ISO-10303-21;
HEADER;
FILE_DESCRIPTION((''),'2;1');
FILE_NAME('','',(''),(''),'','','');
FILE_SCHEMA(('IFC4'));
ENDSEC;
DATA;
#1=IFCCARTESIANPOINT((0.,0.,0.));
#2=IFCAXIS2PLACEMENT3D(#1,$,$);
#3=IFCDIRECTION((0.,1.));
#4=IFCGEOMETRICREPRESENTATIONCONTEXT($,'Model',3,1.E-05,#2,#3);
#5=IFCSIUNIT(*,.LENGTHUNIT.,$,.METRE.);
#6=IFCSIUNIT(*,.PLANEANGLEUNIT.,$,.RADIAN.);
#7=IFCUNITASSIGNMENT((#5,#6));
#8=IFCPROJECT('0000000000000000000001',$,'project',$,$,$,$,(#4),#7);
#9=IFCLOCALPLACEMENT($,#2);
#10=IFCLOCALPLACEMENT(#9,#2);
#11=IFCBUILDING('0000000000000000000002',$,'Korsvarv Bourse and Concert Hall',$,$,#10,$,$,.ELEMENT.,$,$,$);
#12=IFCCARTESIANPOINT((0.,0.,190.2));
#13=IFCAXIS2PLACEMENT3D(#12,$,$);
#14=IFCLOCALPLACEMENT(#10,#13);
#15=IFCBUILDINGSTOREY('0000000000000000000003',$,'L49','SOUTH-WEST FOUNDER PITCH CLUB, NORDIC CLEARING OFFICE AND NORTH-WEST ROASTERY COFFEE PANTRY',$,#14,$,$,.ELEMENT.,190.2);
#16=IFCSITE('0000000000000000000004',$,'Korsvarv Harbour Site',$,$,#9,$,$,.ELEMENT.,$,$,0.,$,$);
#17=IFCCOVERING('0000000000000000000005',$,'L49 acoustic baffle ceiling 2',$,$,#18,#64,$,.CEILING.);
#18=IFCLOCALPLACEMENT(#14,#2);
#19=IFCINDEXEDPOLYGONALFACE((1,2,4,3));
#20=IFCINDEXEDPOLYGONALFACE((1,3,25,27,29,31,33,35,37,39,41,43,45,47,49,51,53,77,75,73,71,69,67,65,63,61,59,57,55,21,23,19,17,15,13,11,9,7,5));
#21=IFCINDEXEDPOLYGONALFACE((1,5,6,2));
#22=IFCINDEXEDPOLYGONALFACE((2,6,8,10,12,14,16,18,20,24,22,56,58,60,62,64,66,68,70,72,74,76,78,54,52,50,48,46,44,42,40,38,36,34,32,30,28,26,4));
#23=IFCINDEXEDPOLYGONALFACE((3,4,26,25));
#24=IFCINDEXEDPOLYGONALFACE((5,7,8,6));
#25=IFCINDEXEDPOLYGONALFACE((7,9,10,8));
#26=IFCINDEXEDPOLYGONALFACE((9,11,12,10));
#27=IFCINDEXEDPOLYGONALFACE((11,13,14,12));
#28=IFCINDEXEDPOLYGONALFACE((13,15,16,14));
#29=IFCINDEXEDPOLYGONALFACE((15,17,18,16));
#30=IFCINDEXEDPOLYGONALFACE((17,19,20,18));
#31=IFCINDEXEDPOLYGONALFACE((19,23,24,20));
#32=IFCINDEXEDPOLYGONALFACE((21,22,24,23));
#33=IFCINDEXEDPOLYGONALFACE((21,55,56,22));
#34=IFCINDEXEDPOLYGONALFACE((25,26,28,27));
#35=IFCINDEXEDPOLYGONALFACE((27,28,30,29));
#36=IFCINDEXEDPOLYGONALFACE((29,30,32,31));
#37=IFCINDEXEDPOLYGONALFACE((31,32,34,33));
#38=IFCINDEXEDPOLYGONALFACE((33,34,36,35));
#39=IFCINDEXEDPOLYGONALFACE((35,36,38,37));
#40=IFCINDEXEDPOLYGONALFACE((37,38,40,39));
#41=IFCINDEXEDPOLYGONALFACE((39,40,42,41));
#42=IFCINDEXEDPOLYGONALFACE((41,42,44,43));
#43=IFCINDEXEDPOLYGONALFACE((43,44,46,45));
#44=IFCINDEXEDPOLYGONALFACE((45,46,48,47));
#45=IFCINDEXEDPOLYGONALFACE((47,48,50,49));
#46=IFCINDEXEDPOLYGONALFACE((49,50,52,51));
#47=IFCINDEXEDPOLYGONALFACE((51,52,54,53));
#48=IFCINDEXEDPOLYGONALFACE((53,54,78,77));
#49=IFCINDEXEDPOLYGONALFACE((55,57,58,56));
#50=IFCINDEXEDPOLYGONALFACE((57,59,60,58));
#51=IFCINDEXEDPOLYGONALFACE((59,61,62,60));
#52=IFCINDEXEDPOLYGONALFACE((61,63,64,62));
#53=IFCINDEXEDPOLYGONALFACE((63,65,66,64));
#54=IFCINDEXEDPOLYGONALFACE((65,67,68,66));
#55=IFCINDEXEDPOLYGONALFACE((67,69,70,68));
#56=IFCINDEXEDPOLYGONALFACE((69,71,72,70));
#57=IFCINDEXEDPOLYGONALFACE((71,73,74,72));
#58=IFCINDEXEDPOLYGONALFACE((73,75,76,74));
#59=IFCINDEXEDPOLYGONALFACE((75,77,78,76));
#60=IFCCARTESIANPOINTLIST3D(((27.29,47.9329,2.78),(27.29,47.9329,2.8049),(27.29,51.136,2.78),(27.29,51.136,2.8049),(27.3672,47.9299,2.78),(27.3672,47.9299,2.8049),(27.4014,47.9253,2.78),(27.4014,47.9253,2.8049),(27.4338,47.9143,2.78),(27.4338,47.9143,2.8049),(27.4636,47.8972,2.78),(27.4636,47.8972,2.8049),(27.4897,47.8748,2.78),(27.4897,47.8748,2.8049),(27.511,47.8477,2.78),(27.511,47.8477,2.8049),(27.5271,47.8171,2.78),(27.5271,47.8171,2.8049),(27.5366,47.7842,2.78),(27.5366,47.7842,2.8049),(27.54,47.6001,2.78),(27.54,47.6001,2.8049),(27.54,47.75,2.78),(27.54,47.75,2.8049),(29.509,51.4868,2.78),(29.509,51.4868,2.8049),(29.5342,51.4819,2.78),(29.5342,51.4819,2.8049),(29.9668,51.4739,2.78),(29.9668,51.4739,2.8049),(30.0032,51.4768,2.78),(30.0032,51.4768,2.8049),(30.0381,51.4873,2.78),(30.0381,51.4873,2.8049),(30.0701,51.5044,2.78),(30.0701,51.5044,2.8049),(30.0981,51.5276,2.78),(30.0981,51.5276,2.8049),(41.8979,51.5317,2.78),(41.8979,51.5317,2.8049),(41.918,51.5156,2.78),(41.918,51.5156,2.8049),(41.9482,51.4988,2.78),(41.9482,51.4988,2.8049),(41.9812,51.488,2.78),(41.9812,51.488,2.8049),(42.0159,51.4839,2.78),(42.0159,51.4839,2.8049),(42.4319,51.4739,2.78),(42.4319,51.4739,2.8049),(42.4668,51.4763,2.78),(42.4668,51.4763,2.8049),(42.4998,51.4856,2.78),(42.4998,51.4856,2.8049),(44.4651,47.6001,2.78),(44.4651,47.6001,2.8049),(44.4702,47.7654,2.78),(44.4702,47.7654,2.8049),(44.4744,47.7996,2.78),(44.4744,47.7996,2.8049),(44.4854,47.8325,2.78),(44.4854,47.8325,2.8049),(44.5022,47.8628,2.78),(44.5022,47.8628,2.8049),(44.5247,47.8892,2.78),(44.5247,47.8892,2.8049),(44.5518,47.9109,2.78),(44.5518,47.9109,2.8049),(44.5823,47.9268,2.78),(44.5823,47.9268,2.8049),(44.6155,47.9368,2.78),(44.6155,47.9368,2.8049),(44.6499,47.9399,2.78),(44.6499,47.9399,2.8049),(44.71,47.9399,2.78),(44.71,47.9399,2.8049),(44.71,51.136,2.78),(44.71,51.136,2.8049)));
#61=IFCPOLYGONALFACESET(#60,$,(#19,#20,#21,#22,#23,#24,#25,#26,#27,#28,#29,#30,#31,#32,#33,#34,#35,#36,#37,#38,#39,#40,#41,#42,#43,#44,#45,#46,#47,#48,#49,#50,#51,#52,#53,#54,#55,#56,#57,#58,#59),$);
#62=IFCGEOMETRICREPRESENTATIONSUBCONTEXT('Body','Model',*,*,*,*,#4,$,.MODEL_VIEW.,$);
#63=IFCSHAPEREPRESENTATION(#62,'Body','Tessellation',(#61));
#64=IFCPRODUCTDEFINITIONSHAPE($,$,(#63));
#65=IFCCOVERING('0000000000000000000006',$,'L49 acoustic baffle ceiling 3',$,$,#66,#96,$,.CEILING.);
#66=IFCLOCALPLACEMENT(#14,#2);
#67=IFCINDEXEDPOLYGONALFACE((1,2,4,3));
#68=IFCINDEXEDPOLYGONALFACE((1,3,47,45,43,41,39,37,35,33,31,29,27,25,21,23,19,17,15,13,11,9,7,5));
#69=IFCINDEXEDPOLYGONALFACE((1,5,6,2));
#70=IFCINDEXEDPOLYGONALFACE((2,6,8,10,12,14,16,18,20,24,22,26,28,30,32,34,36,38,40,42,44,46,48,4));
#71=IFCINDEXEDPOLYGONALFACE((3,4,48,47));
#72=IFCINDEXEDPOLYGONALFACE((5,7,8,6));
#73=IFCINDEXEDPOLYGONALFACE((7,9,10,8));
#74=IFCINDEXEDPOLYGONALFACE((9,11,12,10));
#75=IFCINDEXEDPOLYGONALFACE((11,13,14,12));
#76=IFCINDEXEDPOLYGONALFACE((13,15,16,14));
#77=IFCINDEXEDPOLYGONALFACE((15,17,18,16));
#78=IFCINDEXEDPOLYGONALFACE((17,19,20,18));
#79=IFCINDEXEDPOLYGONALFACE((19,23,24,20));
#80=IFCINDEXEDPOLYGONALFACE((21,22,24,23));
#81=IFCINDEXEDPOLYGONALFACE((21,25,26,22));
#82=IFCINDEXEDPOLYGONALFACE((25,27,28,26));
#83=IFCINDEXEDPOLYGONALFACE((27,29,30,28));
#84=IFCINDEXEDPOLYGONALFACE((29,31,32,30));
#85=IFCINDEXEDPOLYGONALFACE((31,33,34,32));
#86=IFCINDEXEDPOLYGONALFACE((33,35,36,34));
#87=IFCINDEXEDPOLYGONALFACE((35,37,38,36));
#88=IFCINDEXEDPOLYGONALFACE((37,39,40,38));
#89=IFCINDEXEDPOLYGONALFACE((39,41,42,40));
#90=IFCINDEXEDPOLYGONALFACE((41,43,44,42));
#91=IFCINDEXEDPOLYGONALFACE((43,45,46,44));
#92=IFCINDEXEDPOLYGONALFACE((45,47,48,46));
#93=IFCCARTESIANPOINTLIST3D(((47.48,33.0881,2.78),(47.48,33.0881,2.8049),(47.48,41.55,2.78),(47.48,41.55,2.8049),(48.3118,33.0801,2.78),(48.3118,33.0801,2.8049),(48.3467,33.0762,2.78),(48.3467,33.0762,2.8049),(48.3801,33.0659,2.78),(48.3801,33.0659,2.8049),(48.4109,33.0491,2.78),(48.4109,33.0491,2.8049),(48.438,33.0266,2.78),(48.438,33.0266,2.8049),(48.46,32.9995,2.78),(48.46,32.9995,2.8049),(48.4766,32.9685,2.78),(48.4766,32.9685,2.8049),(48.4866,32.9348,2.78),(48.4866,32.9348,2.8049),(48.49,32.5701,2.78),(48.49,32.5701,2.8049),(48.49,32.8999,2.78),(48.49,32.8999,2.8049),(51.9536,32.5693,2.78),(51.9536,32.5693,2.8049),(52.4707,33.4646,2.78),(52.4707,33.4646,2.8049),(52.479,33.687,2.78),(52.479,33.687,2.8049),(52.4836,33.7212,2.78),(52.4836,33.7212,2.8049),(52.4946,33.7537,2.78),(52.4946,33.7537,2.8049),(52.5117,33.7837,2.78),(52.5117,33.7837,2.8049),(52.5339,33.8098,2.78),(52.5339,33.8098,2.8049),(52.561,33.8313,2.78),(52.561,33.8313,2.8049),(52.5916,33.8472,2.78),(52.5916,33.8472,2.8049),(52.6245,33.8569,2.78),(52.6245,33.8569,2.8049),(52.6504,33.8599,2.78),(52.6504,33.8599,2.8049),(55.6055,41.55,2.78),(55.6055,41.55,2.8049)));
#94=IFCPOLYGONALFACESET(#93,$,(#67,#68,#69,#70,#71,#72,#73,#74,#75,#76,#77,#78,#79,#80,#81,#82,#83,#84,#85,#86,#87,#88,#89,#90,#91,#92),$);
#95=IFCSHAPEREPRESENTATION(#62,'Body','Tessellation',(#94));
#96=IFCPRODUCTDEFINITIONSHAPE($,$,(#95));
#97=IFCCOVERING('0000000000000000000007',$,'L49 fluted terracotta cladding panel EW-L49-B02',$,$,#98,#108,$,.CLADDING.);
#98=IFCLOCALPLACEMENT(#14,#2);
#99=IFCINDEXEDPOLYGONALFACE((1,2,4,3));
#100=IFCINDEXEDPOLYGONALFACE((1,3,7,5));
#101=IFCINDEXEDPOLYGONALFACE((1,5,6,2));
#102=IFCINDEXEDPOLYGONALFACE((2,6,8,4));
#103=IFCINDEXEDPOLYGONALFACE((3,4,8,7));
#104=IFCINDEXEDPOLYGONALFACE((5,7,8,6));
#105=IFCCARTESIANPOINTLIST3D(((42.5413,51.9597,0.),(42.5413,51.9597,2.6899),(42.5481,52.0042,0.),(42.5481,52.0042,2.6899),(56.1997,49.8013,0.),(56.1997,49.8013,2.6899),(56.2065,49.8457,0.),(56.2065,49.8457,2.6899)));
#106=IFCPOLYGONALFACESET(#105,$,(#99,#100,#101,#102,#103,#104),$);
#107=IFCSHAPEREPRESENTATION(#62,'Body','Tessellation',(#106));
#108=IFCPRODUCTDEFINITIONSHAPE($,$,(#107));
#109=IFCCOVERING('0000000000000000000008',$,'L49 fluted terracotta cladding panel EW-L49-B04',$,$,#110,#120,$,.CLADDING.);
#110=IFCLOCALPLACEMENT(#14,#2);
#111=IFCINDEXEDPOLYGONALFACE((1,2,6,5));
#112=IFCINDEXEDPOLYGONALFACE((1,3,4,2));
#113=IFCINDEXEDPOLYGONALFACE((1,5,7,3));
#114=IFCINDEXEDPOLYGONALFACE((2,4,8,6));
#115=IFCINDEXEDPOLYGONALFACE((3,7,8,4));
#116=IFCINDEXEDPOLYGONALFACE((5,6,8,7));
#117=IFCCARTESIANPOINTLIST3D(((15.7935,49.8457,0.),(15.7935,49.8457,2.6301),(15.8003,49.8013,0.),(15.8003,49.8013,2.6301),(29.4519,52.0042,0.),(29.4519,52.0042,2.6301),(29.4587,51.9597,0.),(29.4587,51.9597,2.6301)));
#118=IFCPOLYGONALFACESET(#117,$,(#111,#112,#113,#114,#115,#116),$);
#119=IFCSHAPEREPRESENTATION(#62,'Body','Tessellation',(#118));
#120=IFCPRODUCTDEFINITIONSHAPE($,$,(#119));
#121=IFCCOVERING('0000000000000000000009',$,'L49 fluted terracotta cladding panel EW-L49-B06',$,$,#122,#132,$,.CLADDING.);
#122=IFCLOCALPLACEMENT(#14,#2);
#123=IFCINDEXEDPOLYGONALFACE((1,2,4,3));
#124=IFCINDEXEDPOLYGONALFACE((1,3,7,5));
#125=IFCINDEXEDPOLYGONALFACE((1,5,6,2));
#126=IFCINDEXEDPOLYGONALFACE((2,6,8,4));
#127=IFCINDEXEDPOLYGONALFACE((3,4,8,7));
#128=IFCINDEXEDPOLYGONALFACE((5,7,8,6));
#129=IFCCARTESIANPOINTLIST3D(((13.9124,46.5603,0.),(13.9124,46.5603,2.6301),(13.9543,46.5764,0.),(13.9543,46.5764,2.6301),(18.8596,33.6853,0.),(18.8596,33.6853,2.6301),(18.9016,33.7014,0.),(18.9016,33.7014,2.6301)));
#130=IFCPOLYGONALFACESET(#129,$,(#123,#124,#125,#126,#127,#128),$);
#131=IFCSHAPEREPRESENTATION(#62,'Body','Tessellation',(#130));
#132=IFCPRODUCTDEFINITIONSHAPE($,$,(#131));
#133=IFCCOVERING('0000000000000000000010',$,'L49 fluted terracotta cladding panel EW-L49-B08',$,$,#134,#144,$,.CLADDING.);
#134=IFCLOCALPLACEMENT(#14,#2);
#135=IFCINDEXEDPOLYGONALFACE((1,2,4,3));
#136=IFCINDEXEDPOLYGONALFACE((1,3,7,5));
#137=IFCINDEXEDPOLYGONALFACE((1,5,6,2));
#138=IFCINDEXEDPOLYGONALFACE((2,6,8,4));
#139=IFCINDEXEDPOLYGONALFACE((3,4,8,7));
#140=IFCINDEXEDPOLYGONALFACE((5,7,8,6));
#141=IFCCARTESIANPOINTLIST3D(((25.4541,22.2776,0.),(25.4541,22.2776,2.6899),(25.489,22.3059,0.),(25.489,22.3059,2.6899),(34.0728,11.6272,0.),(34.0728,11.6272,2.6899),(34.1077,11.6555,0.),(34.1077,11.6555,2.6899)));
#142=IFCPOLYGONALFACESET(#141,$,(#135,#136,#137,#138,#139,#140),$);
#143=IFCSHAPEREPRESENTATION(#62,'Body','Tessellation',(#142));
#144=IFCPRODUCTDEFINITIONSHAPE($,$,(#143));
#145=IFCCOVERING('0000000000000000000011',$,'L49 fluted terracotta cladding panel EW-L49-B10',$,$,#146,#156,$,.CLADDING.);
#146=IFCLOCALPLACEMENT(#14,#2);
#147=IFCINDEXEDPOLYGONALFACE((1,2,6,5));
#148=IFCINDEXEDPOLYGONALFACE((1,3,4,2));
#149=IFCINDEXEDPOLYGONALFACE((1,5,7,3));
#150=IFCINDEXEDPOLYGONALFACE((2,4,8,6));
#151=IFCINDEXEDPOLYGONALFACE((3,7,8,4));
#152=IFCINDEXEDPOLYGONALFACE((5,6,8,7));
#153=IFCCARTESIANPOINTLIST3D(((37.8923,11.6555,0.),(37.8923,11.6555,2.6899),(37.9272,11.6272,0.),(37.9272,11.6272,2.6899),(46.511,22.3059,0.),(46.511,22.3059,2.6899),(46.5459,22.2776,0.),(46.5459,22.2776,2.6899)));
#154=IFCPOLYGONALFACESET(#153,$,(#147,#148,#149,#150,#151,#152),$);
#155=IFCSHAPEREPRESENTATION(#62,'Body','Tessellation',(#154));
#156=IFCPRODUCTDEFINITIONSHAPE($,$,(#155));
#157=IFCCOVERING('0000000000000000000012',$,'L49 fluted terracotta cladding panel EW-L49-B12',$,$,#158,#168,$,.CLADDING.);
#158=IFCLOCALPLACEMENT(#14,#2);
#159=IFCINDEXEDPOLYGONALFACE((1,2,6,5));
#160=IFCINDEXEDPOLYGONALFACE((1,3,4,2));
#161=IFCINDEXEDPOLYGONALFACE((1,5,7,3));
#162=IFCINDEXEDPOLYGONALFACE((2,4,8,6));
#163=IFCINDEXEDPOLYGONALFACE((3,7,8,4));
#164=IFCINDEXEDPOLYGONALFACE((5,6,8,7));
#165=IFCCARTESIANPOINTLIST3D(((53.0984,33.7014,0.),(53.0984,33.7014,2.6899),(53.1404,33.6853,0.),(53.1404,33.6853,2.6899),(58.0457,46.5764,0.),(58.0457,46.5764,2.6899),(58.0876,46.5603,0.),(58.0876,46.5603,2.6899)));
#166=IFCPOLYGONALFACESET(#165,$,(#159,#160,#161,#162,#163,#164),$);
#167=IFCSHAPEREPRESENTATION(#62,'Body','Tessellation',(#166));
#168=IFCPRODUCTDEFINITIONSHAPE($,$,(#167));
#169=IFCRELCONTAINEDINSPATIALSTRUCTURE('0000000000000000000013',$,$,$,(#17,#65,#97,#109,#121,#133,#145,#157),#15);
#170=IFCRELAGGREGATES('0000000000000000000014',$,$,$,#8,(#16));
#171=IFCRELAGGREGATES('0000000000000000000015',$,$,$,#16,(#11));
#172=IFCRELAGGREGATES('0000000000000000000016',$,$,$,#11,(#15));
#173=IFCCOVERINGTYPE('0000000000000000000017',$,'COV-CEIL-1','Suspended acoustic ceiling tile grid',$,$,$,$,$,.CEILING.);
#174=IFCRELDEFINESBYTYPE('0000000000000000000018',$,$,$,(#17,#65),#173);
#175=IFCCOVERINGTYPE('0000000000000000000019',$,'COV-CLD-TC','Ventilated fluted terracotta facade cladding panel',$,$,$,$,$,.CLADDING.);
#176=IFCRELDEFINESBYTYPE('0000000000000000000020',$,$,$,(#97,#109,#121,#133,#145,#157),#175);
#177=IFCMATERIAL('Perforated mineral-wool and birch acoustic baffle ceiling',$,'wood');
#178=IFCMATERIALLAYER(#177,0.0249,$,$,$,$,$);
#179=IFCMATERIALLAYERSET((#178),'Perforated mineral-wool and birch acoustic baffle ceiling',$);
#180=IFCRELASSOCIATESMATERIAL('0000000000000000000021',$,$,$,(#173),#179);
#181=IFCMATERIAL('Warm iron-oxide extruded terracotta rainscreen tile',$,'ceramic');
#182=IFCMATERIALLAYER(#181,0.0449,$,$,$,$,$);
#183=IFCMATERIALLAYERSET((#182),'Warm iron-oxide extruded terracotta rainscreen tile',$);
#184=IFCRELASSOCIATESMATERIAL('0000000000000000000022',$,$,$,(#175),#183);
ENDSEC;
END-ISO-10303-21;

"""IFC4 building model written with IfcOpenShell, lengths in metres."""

from ifc_helpers import new_model, si_unit, direction, frame, origin, place, context, subcontext, project, spatial, polyline, outline, extrude, material, layer, layer_set, type_object, element, save


model = new_model("IFC4")

# Units and contexts
model_context = context("Model", 3, precision=1e-05, world=origin(), true_north=direction((0.0, 1.0)))
body_context = subcontext(model_context, "Body", "Model", "MODEL_VIEW")
ifc_project = project(units=[si_unit("LENGTHUNIT", "METRE"), si_unit("PLANEANGLEUNIT", "RADIAN")], contexts=[model_context])

# Site, building, storey
site_placement = place(None, origin())
site = spatial("IfcSite", under=ifc_project, at=site_placement, Name="Korsvarv Harbour Site", CompositionType="ELEMENT", RefElevation=0.0)
building_placement = place(site_placement, origin())
building = spatial("IfcBuilding", under=site, at=building_placement, Name="Korsvarv Bourse and Concert Hall", CompositionType="ELEMENT")
storey_placement = place(building_placement, frame((0.0, 0.0, 190.2)))
storey = spatial("IfcBuildingStorey", under=building, at=storey_placement, Name="L49", Description="SOUTH-WEST FOUNDER PITCH CLUB, NORDIC CLEARING OFFICE AND NORTH-WEST ROASTERY COFFEE PANTRY", CompositionType="ELEMENT", Elevation=190.2)

# Coverings
ifc_material_1 = material(Name="Perforated mineral-wool and birch acoustic baffle ceiling", Category="wood")
ifc_layer_1 = layer(ifc_material_1, 0.0249)
ifc_layer_set_1 = layer_set([ifc_layer_1], Name="Perforated mineral-wool and birch acoustic baffle ceiling")
covering_type_1 = type_object("IfcCoveringType", Name="COV-CEIL-1", Description="Suspended acoustic ceiling tile grid", PredefinedType="CEILING", material=ifc_layer_set_1)
covering_1_placement = place(storey_placement, frame((0.0, 0.0, 2.78)))
element("IfcCovering", 1, at=covering_1_placement, inside=storey, type_object=covering_type_1, Name="L49 acoustic baffle ceiling 2", PredefinedType="CEILING", context=body_context, shape_type="SweptSolid", body=[
    extrude(outline(polyline([(29.509, 51.4868), (29.5342, 51.4819), (29.9668, 51.4739), (30.0032, 51.4768), (30.0381, 51.4873), (30.0701, 51.5044), (30.0981, 51.5276), (41.8979, 51.5317), (41.918, 51.5156), (41.9482, 51.4988), (41.9812, 51.488), (42.0159, 51.4839), (42.4319, 51.4739), (42.4668, 51.4763), (42.4998, 51.4856), (44.71, 51.136), (44.71, 47.9399), (44.6499, 47.9399), (44.6155, 47.9368), (44.5823, 47.9268), (44.5518, 47.9109), (44.5247, 47.8892), (44.5022, 47.8628), (44.4854, 47.8325), (44.4744, 47.7996), (44.4702, 47.7654), (44.4651, 47.6001), (27.54, 47.6001), (27.54, 47.75), (27.5366, 47.7842), (27.5271, 47.8171), (27.511, 47.8477), (27.4897, 47.8748), (27.4636, 47.8972), (27.4338, 47.9143), (27.4014, 47.9253), (27.3672, 47.9299), (27.29, 47.9329), (27.29, 51.136), (29.509, 51.4868)])), origin(), (0.0, 0.0, 1.0), 0.0249),
])
covering_2_placement = place(storey_placement, frame((0.0, 0.0, 2.78)))
element("IfcCovering", 2, at=covering_2_placement, inside=storey, type_object=covering_type_1, Name="L49 acoustic baffle ceiling 3", PredefinedType="CEILING", context=body_context, shape_type="SweptSolid", body=[
    extrude(outline(polyline([(48.49, 32.5701), (48.49, 32.8999), (48.4866, 32.9348), (48.4766, 32.9685), (48.46, 32.9995), (48.438, 33.0266), (48.4109, 33.0491), (48.3801, 33.0659), (48.3467, 33.0762), (48.3118, 33.0801), (47.48, 33.0881), (47.48, 41.55), (55.6055, 41.55), (52.6504, 33.8599), (52.6245, 33.8569), (52.5916, 33.8472), (52.561, 33.8313), (52.5339, 33.8098), (52.5117, 33.7837), (52.4946, 33.7537), (52.4836, 33.7212), (52.479, 33.687), (52.4707, 33.4646), (51.9536, 32.5693), (48.49, 32.5701)])), origin(), (0.0, 0.0, 1.0), 0.0249),
])
ifc_material_2 = material(Name="Warm iron-oxide extruded terracotta rainscreen tile", Category="ceramic")
ifc_layer_2 = layer(ifc_material_2, 0.0449)
ifc_layer_set_2 = layer_set([ifc_layer_2], Name="Warm iron-oxide extruded terracotta rainscreen tile")
covering_type_2 = type_object("IfcCoveringType", Name="COV-CLD-TC", Description="Ventilated fluted terracotta facade cladding panel", PredefinedType="CLADDING", material=ifc_layer_set_2)
covering_3_placement = place(storey_placement, origin())
element("IfcCovering", 3, at=covering_3_placement, inside=storey, type_object=covering_type_2, Name="L49 fluted terracotta cladding panel EW-L49-B02", PredefinedType="CLADDING", context=body_context, shape_type="SweptSolid", body=[
    extrude(outline(polyline([(56.1997, 49.8013), (42.5413, 51.9597), (42.5481, 52.0042), (56.2065, 49.8457), (56.1997, 49.8013)])), origin(), (0.0, 0.0, 1.0), 2.6899),
])
covering_4_placement = place(storey_placement, origin())
element("IfcCovering", 4, at=covering_4_placement, inside=storey, type_object=covering_type_2, Name="L49 fluted terracotta cladding panel EW-L49-B04", PredefinedType="CLADDING", context=body_context, shape_type="SweptSolid", body=[
    extrude(outline(polyline([(29.4587, 51.9597), (15.8003, 49.8013), (15.7935, 49.8457), (29.4519, 52.0042), (29.4587, 51.9597)])), origin(), (0.0, 0.0, 1.0), 2.6301),
])
covering_5_placement = place(storey_placement, origin())
element("IfcCovering", 5, at=covering_5_placement, inside=storey, type_object=covering_type_2, Name="L49 fluted terracotta cladding panel EW-L49-B06", PredefinedType="CLADDING", context=body_context, shape_type="SweptSolid", body=[
    extrude(outline(polyline([(13.9543, 46.5764), (18.9016, 33.7014), (18.8596, 33.6853), (13.9124, 46.5603), (13.9543, 46.5764)])), origin(), (0.0, 0.0, 1.0), 2.6301),
])
covering_6_placement = place(storey_placement, origin())
element("IfcCovering", 6, at=covering_6_placement, inside=storey, type_object=covering_type_2, Name="L49 fluted terracotta cladding panel EW-L49-B08", PredefinedType="CLADDING", context=body_context, shape_type="SweptSolid", body=[
    extrude(outline(polyline([(25.489, 22.3059), (34.1077, 11.6555), (34.0728, 11.6272), (25.4541, 22.2776), (25.489, 22.3059)])), origin(), (0.0, 0.0, 1.0), 2.6899),
])
covering_7_placement = place(storey_placement, origin())
element("IfcCovering", 7, at=covering_7_placement, inside=storey, type_object=covering_type_2, Name="L49 fluted terracotta cladding panel EW-L49-B10", PredefinedType="CLADDING", context=body_context, shape_type="SweptSolid", body=[
    extrude(outline(polyline([(37.8923, 11.6555), (46.511, 22.3059), (46.5459, 22.2776), (37.9272, 11.6272), (37.8923, 11.6555)])), origin(), (0.0, 0.0, 1.0), 2.6899),
])
covering_8_placement = place(storey_placement, origin())
element("IfcCovering", 8, at=covering_8_placement, inside=storey, type_object=covering_type_2, Name="L49 fluted terracotta cladding panel EW-L49-B12", PredefinedType="CLADDING", context=body_context, shape_type="SweptSolid", body=[
    extrude(outline(polyline([(53.0984, 33.7014), (58.0457, 46.5764), (58.0876, 46.5603), (53.1404, 33.6853), (53.0984, 33.7014)])), origin(), (0.0, 0.0, 1.0), 2.6899),
])

save(model, "model.ifc")
